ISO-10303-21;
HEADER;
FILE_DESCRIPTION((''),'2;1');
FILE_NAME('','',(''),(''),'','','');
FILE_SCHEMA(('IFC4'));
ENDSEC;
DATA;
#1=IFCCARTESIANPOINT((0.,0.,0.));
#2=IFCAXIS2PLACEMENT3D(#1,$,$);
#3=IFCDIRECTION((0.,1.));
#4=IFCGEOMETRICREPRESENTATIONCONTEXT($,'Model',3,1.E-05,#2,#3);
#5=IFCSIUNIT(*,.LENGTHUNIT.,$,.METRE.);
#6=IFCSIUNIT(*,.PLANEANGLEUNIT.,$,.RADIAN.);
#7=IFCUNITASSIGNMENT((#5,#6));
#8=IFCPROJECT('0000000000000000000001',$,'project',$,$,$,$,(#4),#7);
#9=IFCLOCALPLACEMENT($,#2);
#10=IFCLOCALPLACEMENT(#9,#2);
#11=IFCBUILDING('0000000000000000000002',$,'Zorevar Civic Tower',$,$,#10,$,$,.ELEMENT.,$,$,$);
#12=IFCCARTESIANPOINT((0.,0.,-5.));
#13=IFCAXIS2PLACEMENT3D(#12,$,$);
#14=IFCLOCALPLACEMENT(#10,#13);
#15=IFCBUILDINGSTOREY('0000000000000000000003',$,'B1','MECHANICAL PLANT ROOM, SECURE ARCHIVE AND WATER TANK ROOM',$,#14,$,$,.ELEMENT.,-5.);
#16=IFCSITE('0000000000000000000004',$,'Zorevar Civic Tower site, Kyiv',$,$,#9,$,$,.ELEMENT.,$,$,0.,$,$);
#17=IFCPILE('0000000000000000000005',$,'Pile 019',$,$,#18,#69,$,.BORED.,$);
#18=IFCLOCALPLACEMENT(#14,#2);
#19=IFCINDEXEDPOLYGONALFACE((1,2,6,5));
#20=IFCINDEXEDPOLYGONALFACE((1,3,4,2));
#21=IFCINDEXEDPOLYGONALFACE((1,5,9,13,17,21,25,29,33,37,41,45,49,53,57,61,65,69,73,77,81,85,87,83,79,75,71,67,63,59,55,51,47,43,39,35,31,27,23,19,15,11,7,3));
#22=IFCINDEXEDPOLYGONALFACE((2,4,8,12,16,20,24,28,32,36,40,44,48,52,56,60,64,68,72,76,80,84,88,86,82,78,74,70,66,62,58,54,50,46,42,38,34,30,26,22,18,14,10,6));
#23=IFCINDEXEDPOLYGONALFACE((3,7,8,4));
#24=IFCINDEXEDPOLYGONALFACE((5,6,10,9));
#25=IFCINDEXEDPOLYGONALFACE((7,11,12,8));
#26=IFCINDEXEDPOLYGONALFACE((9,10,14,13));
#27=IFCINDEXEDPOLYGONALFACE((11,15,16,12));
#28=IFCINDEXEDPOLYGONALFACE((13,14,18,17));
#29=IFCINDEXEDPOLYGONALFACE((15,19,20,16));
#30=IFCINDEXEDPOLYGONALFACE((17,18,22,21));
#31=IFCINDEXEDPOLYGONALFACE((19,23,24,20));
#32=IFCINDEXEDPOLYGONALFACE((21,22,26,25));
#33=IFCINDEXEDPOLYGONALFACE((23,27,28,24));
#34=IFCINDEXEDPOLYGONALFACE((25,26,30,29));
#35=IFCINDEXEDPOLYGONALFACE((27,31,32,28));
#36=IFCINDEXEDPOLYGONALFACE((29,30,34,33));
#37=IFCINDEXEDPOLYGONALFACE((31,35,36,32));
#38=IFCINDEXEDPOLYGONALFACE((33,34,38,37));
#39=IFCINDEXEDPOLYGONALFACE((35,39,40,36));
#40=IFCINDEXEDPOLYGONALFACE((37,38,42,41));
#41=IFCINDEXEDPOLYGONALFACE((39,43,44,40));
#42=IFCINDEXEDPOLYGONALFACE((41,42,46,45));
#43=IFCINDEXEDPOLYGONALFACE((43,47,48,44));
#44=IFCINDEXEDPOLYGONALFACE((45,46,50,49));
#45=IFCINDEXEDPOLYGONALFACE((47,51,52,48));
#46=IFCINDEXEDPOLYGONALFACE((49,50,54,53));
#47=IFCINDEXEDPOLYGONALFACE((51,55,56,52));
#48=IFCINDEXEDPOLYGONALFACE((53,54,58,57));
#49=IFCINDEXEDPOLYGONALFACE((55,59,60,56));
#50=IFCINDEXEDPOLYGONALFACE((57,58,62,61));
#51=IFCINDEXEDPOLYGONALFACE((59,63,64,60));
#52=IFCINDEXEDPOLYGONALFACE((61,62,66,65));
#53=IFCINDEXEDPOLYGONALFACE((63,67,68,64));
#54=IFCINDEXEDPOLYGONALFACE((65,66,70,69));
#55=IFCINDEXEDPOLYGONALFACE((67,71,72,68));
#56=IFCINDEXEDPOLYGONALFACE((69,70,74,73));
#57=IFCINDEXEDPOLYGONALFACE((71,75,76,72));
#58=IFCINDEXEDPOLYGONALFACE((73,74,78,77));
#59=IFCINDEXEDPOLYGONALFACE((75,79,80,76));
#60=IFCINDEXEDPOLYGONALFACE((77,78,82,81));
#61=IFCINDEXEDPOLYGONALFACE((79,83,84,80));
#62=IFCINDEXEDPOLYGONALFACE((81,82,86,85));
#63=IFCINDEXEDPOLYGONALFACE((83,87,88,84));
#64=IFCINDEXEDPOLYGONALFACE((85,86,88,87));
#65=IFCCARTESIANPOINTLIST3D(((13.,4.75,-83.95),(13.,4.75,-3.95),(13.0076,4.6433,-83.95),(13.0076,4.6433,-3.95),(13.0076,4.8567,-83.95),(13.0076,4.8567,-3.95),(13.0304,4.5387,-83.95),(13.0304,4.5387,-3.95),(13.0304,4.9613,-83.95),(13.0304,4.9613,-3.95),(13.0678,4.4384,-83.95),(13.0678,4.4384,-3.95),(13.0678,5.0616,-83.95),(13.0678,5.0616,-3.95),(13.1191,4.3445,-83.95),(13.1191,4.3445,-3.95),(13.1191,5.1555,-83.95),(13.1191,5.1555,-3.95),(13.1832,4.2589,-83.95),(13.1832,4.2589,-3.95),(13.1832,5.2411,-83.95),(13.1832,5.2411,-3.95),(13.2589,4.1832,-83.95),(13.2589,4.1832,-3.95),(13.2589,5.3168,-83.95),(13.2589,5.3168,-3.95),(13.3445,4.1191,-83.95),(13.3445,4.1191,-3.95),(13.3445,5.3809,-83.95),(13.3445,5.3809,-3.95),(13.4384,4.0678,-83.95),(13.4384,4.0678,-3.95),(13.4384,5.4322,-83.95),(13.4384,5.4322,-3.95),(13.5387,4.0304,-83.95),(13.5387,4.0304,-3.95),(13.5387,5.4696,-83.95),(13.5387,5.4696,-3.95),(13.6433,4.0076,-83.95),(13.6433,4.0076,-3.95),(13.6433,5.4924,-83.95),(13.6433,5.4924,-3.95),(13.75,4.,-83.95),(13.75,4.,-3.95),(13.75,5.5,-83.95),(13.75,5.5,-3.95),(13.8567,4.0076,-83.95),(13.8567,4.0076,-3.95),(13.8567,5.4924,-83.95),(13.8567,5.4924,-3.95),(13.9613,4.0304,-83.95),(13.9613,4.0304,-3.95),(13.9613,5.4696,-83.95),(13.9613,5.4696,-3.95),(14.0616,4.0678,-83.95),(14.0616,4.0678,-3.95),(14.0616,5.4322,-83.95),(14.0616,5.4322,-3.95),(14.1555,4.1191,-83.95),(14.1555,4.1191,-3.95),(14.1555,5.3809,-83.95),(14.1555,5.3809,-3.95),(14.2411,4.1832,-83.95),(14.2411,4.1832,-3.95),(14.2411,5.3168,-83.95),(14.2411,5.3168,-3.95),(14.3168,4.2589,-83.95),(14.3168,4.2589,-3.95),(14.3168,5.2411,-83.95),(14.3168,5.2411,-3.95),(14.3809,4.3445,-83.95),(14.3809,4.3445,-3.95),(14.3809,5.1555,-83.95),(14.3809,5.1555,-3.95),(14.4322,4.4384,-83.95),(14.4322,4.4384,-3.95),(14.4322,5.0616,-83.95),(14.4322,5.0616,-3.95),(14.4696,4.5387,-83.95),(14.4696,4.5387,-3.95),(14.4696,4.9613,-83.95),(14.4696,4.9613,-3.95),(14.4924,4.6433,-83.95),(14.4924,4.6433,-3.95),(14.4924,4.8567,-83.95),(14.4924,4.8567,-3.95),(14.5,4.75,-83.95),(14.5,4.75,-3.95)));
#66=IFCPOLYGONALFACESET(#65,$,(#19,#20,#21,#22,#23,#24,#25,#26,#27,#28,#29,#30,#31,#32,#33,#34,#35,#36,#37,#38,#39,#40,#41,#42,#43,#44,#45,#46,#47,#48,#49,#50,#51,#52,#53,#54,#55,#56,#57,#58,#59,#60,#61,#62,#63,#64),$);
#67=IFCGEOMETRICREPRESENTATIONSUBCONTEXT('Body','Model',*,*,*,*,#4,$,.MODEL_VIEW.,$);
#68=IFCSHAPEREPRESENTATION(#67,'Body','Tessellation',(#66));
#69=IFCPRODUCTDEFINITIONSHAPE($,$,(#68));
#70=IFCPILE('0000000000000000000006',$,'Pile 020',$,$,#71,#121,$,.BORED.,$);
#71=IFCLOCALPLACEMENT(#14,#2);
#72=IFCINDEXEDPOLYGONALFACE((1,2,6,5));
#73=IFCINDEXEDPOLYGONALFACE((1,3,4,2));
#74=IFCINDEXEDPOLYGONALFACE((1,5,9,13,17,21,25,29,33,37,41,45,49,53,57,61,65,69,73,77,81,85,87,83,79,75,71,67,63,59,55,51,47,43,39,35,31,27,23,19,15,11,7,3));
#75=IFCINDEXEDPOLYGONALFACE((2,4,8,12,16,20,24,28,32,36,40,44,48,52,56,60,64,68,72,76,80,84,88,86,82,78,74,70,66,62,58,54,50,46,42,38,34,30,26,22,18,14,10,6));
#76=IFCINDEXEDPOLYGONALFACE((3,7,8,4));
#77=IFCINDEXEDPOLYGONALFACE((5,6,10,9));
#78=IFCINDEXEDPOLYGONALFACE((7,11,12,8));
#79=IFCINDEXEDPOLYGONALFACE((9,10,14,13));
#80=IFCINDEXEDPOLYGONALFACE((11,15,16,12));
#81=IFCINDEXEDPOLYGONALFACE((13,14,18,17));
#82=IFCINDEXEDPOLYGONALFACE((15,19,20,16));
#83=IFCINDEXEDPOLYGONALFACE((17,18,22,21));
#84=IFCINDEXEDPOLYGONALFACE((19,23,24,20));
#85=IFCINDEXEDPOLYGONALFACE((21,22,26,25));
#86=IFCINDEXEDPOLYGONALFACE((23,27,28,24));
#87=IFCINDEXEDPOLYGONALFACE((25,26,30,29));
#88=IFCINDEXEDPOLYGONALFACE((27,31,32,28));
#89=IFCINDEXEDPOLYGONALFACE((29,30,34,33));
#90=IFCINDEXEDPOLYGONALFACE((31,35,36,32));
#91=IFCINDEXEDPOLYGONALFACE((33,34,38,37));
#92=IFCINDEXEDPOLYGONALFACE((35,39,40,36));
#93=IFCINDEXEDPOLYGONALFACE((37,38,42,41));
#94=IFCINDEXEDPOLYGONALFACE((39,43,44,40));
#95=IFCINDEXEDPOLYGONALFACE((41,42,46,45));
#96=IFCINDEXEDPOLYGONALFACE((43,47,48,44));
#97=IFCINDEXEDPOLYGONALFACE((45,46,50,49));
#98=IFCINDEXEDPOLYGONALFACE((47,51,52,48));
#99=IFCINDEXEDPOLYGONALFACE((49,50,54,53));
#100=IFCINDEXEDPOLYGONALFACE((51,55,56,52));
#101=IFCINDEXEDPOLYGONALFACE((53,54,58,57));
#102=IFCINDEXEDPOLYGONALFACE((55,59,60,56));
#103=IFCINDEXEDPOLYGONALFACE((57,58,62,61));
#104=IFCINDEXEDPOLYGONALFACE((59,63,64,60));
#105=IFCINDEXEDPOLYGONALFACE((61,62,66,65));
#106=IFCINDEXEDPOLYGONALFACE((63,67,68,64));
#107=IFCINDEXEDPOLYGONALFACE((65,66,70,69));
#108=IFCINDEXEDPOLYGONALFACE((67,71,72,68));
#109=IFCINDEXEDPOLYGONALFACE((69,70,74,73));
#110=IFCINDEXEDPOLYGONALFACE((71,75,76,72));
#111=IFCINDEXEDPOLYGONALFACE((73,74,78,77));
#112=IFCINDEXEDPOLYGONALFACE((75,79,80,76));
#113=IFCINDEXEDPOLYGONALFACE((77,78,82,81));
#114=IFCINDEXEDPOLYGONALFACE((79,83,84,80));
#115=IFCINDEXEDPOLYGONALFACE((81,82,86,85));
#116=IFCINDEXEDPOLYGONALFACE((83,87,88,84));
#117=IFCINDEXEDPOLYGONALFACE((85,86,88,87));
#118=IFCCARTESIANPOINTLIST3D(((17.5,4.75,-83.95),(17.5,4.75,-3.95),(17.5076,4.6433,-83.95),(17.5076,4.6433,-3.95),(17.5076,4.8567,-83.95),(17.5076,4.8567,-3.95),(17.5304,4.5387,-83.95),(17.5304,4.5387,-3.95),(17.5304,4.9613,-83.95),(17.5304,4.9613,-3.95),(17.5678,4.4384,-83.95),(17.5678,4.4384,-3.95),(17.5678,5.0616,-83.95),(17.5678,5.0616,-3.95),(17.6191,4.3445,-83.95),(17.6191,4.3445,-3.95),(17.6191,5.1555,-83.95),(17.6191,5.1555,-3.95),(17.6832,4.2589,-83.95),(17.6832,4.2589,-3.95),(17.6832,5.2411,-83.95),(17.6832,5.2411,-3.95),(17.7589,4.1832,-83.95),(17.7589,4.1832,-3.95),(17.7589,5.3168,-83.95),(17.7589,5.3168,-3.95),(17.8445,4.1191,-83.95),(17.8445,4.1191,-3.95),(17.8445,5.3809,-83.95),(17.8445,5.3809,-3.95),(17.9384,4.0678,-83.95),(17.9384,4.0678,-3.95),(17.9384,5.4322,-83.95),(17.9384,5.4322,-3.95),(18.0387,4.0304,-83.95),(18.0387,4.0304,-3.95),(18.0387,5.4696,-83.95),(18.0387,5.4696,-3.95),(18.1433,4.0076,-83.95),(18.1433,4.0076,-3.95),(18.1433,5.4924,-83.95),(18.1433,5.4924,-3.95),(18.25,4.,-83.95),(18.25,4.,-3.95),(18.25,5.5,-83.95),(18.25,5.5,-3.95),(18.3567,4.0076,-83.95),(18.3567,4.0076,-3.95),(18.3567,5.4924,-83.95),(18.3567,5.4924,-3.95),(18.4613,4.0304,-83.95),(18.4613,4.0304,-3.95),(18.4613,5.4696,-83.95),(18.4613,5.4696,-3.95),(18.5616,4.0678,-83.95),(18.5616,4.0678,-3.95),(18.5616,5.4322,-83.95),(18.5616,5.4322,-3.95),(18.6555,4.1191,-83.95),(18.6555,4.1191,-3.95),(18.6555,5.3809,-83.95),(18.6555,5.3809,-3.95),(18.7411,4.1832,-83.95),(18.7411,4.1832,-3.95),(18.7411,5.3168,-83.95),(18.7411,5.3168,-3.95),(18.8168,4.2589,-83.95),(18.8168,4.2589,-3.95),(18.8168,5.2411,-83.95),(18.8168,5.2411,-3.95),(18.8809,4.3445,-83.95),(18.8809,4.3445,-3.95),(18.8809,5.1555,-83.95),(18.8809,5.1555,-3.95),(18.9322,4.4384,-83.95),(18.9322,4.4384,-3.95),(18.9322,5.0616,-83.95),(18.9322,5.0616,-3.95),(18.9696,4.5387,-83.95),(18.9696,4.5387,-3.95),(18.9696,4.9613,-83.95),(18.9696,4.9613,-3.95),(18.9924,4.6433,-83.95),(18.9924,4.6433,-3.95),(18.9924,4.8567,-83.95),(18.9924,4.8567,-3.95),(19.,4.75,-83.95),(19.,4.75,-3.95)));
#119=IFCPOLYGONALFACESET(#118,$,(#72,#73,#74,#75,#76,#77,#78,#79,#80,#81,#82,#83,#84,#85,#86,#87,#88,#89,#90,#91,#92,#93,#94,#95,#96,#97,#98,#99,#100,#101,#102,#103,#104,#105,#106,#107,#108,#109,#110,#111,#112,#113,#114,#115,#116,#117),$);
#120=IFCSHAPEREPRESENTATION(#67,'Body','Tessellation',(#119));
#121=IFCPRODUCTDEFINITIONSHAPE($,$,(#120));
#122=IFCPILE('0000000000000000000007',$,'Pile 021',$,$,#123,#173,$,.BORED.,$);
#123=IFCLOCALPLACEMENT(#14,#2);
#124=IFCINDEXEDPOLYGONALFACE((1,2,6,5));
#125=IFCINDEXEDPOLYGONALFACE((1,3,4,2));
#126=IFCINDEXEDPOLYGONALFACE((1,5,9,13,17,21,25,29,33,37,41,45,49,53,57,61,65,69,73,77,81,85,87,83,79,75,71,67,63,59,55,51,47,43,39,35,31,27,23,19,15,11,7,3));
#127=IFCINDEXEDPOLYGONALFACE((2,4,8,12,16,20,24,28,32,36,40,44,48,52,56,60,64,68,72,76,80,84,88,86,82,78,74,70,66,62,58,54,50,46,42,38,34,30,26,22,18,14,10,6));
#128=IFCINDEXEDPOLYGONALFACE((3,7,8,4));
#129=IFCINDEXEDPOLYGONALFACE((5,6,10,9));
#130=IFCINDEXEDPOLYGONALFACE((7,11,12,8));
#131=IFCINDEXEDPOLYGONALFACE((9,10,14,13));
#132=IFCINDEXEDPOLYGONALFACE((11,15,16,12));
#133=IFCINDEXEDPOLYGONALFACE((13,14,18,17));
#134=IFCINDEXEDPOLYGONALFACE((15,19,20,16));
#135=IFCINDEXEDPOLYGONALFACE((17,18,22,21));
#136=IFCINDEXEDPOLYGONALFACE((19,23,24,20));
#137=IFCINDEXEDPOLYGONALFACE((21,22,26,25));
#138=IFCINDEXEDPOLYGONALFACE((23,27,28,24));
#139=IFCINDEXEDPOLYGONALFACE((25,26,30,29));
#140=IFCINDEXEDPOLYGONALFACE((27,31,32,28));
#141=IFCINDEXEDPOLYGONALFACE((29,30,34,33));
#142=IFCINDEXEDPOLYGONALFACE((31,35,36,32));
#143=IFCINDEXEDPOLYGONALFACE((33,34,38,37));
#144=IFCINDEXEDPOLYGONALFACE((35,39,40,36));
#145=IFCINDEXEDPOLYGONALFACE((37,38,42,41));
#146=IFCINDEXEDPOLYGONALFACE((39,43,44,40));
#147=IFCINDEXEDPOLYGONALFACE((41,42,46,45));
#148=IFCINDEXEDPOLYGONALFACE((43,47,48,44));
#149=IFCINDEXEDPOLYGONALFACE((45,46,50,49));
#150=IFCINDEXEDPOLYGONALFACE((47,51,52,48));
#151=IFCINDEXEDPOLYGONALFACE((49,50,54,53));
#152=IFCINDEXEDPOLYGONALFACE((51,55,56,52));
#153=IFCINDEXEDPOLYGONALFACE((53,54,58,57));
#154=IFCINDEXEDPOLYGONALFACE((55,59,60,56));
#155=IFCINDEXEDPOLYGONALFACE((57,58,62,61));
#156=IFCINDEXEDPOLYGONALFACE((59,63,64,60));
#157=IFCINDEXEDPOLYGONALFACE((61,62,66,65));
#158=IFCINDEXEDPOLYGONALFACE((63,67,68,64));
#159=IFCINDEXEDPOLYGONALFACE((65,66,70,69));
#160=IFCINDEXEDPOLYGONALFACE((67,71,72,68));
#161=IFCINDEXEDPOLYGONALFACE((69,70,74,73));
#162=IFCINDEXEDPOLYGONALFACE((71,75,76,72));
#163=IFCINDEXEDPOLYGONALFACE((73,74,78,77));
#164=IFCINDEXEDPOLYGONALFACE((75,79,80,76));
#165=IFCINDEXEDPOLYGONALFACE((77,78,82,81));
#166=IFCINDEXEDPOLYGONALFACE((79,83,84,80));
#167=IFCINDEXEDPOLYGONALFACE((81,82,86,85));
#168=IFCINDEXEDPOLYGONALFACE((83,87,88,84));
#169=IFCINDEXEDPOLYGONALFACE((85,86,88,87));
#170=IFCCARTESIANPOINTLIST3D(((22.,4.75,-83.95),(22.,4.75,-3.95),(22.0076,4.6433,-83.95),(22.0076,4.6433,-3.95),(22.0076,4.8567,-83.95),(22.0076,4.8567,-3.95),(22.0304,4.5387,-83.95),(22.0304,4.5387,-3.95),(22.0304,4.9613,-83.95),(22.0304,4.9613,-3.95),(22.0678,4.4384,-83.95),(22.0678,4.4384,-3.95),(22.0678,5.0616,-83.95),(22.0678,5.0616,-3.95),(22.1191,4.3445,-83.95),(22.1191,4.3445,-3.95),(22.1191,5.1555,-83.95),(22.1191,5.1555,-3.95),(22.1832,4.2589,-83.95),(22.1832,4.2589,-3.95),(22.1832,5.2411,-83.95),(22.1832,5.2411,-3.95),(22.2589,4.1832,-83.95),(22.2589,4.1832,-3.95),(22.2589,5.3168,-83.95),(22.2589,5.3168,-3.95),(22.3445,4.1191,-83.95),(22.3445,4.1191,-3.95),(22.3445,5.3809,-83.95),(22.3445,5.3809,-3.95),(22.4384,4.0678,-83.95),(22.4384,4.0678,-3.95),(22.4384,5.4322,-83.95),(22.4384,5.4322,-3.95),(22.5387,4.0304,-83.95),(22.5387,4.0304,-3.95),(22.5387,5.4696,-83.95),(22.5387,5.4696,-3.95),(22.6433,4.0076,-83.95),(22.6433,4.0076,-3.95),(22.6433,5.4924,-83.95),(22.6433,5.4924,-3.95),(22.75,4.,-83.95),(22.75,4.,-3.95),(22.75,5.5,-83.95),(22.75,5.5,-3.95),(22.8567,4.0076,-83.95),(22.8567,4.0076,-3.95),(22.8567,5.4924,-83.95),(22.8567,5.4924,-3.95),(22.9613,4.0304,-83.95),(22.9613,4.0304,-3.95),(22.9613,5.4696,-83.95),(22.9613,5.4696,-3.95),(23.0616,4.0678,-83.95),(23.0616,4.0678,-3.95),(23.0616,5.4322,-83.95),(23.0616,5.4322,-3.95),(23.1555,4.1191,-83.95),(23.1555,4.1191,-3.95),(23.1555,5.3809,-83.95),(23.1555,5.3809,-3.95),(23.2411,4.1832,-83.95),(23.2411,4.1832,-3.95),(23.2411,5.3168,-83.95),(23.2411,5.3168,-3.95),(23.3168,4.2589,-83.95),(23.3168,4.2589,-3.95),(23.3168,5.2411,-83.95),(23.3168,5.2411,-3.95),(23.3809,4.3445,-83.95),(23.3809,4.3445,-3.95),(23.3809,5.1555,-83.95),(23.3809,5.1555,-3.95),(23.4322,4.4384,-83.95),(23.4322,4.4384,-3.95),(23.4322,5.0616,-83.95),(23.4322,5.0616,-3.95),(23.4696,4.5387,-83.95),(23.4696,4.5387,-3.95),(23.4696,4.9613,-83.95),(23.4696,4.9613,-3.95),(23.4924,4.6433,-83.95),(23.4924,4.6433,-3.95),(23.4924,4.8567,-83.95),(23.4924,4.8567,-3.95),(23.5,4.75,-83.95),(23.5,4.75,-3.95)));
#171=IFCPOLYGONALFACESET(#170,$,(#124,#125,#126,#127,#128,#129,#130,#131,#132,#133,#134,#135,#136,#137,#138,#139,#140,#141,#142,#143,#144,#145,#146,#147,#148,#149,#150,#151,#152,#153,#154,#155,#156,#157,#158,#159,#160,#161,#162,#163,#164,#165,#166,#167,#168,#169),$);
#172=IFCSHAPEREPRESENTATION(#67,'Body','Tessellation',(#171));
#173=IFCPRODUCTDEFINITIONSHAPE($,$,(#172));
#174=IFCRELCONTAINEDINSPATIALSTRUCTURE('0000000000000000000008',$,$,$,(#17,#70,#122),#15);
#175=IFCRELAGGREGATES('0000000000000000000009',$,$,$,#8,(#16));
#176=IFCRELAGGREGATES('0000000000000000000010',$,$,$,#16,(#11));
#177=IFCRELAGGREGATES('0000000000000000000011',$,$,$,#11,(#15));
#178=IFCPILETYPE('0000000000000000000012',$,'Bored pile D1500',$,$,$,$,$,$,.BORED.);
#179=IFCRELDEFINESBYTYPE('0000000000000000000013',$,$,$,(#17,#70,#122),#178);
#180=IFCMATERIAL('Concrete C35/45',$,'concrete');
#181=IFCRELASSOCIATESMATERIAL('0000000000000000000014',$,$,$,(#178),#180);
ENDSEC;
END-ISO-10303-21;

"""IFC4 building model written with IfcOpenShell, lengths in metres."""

from ifc_helpers import new_model, si_unit, direction, frame, origin, origin_2d, place, context, subcontext, project, spatial, circle, extrude, material, type_object, element, save


model = new_model("IFC4")

# Units and contexts
model_context = context("Model", 3, precision=1e-05, world=origin(), true_north=direction((0.0, 1.0)))
body_context = subcontext(model_context, "Body", "Model", "MODEL_VIEW")
ifc_project = project(units=[si_unit("LENGTHUNIT", "METRE"), si_unit("PLANEANGLEUNIT", "RADIAN")], contexts=[model_context])

# Site, building, storey
site_placement = place(None, origin())
site = spatial("IfcSite", under=ifc_project, at=site_placement, Name="Zorevar Civic Tower site, Kyiv", CompositionType="ELEMENT", RefElevation=0.0)
building_placement = place(site_placement, origin())
building = spatial("IfcBuilding", under=site, at=building_placement, Name="Zorevar Civic Tower", CompositionType="ELEMENT")
storey_placement = place(building_placement, frame((0.0, 0.0, -5.0)))
storey = spatial("IfcBuildingStorey", under=building, at=storey_placement, Name="B1", Description="MECHANICAL PLANT ROOM, SECURE ARCHIVE AND WATER TANK ROOM", CompositionType="ELEMENT", Elevation=-5.0)

# Piles
ifc_material_1 = material(Name="Concrete C35/45", Category="concrete")
pile_type = type_object("IfcPileType", Name="Bored pile D1500", PredefinedType="BORED", material=ifc_material_1)
for number, where, z_axis, x_axis, name in (
    (1, (13.75, 4.75, -3.95), (0.0, 0.0, -1.0), (1.0, 0.0, 0.0), "Pile 019"),
    (2, (18.25, 4.75, -3.95), (0.0, 0.0, -1.0), (1.0, 0.0, 0.0), "Pile 020"),
    (3, (22.75, 4.75, -3.95), (0.0, 0.0, -1.0), (1.0, 0.0, 0.0), "Pile 021"),
):
    element("IfcPile", number, at=place(storey_placement, frame(where, z_axis=z_axis, x_axis=x_axis)), inside=storey, type_object=pile_type, Name=name, PredefinedType="BORED", context=body_context, shape_type="SweptSolid", body=[
        extrude(circle(Radius=0.75, at=origin_2d()), origin(), (0.0, 0.0, 1.0), 80.0),
    ])

save(model, "model.ifc")
